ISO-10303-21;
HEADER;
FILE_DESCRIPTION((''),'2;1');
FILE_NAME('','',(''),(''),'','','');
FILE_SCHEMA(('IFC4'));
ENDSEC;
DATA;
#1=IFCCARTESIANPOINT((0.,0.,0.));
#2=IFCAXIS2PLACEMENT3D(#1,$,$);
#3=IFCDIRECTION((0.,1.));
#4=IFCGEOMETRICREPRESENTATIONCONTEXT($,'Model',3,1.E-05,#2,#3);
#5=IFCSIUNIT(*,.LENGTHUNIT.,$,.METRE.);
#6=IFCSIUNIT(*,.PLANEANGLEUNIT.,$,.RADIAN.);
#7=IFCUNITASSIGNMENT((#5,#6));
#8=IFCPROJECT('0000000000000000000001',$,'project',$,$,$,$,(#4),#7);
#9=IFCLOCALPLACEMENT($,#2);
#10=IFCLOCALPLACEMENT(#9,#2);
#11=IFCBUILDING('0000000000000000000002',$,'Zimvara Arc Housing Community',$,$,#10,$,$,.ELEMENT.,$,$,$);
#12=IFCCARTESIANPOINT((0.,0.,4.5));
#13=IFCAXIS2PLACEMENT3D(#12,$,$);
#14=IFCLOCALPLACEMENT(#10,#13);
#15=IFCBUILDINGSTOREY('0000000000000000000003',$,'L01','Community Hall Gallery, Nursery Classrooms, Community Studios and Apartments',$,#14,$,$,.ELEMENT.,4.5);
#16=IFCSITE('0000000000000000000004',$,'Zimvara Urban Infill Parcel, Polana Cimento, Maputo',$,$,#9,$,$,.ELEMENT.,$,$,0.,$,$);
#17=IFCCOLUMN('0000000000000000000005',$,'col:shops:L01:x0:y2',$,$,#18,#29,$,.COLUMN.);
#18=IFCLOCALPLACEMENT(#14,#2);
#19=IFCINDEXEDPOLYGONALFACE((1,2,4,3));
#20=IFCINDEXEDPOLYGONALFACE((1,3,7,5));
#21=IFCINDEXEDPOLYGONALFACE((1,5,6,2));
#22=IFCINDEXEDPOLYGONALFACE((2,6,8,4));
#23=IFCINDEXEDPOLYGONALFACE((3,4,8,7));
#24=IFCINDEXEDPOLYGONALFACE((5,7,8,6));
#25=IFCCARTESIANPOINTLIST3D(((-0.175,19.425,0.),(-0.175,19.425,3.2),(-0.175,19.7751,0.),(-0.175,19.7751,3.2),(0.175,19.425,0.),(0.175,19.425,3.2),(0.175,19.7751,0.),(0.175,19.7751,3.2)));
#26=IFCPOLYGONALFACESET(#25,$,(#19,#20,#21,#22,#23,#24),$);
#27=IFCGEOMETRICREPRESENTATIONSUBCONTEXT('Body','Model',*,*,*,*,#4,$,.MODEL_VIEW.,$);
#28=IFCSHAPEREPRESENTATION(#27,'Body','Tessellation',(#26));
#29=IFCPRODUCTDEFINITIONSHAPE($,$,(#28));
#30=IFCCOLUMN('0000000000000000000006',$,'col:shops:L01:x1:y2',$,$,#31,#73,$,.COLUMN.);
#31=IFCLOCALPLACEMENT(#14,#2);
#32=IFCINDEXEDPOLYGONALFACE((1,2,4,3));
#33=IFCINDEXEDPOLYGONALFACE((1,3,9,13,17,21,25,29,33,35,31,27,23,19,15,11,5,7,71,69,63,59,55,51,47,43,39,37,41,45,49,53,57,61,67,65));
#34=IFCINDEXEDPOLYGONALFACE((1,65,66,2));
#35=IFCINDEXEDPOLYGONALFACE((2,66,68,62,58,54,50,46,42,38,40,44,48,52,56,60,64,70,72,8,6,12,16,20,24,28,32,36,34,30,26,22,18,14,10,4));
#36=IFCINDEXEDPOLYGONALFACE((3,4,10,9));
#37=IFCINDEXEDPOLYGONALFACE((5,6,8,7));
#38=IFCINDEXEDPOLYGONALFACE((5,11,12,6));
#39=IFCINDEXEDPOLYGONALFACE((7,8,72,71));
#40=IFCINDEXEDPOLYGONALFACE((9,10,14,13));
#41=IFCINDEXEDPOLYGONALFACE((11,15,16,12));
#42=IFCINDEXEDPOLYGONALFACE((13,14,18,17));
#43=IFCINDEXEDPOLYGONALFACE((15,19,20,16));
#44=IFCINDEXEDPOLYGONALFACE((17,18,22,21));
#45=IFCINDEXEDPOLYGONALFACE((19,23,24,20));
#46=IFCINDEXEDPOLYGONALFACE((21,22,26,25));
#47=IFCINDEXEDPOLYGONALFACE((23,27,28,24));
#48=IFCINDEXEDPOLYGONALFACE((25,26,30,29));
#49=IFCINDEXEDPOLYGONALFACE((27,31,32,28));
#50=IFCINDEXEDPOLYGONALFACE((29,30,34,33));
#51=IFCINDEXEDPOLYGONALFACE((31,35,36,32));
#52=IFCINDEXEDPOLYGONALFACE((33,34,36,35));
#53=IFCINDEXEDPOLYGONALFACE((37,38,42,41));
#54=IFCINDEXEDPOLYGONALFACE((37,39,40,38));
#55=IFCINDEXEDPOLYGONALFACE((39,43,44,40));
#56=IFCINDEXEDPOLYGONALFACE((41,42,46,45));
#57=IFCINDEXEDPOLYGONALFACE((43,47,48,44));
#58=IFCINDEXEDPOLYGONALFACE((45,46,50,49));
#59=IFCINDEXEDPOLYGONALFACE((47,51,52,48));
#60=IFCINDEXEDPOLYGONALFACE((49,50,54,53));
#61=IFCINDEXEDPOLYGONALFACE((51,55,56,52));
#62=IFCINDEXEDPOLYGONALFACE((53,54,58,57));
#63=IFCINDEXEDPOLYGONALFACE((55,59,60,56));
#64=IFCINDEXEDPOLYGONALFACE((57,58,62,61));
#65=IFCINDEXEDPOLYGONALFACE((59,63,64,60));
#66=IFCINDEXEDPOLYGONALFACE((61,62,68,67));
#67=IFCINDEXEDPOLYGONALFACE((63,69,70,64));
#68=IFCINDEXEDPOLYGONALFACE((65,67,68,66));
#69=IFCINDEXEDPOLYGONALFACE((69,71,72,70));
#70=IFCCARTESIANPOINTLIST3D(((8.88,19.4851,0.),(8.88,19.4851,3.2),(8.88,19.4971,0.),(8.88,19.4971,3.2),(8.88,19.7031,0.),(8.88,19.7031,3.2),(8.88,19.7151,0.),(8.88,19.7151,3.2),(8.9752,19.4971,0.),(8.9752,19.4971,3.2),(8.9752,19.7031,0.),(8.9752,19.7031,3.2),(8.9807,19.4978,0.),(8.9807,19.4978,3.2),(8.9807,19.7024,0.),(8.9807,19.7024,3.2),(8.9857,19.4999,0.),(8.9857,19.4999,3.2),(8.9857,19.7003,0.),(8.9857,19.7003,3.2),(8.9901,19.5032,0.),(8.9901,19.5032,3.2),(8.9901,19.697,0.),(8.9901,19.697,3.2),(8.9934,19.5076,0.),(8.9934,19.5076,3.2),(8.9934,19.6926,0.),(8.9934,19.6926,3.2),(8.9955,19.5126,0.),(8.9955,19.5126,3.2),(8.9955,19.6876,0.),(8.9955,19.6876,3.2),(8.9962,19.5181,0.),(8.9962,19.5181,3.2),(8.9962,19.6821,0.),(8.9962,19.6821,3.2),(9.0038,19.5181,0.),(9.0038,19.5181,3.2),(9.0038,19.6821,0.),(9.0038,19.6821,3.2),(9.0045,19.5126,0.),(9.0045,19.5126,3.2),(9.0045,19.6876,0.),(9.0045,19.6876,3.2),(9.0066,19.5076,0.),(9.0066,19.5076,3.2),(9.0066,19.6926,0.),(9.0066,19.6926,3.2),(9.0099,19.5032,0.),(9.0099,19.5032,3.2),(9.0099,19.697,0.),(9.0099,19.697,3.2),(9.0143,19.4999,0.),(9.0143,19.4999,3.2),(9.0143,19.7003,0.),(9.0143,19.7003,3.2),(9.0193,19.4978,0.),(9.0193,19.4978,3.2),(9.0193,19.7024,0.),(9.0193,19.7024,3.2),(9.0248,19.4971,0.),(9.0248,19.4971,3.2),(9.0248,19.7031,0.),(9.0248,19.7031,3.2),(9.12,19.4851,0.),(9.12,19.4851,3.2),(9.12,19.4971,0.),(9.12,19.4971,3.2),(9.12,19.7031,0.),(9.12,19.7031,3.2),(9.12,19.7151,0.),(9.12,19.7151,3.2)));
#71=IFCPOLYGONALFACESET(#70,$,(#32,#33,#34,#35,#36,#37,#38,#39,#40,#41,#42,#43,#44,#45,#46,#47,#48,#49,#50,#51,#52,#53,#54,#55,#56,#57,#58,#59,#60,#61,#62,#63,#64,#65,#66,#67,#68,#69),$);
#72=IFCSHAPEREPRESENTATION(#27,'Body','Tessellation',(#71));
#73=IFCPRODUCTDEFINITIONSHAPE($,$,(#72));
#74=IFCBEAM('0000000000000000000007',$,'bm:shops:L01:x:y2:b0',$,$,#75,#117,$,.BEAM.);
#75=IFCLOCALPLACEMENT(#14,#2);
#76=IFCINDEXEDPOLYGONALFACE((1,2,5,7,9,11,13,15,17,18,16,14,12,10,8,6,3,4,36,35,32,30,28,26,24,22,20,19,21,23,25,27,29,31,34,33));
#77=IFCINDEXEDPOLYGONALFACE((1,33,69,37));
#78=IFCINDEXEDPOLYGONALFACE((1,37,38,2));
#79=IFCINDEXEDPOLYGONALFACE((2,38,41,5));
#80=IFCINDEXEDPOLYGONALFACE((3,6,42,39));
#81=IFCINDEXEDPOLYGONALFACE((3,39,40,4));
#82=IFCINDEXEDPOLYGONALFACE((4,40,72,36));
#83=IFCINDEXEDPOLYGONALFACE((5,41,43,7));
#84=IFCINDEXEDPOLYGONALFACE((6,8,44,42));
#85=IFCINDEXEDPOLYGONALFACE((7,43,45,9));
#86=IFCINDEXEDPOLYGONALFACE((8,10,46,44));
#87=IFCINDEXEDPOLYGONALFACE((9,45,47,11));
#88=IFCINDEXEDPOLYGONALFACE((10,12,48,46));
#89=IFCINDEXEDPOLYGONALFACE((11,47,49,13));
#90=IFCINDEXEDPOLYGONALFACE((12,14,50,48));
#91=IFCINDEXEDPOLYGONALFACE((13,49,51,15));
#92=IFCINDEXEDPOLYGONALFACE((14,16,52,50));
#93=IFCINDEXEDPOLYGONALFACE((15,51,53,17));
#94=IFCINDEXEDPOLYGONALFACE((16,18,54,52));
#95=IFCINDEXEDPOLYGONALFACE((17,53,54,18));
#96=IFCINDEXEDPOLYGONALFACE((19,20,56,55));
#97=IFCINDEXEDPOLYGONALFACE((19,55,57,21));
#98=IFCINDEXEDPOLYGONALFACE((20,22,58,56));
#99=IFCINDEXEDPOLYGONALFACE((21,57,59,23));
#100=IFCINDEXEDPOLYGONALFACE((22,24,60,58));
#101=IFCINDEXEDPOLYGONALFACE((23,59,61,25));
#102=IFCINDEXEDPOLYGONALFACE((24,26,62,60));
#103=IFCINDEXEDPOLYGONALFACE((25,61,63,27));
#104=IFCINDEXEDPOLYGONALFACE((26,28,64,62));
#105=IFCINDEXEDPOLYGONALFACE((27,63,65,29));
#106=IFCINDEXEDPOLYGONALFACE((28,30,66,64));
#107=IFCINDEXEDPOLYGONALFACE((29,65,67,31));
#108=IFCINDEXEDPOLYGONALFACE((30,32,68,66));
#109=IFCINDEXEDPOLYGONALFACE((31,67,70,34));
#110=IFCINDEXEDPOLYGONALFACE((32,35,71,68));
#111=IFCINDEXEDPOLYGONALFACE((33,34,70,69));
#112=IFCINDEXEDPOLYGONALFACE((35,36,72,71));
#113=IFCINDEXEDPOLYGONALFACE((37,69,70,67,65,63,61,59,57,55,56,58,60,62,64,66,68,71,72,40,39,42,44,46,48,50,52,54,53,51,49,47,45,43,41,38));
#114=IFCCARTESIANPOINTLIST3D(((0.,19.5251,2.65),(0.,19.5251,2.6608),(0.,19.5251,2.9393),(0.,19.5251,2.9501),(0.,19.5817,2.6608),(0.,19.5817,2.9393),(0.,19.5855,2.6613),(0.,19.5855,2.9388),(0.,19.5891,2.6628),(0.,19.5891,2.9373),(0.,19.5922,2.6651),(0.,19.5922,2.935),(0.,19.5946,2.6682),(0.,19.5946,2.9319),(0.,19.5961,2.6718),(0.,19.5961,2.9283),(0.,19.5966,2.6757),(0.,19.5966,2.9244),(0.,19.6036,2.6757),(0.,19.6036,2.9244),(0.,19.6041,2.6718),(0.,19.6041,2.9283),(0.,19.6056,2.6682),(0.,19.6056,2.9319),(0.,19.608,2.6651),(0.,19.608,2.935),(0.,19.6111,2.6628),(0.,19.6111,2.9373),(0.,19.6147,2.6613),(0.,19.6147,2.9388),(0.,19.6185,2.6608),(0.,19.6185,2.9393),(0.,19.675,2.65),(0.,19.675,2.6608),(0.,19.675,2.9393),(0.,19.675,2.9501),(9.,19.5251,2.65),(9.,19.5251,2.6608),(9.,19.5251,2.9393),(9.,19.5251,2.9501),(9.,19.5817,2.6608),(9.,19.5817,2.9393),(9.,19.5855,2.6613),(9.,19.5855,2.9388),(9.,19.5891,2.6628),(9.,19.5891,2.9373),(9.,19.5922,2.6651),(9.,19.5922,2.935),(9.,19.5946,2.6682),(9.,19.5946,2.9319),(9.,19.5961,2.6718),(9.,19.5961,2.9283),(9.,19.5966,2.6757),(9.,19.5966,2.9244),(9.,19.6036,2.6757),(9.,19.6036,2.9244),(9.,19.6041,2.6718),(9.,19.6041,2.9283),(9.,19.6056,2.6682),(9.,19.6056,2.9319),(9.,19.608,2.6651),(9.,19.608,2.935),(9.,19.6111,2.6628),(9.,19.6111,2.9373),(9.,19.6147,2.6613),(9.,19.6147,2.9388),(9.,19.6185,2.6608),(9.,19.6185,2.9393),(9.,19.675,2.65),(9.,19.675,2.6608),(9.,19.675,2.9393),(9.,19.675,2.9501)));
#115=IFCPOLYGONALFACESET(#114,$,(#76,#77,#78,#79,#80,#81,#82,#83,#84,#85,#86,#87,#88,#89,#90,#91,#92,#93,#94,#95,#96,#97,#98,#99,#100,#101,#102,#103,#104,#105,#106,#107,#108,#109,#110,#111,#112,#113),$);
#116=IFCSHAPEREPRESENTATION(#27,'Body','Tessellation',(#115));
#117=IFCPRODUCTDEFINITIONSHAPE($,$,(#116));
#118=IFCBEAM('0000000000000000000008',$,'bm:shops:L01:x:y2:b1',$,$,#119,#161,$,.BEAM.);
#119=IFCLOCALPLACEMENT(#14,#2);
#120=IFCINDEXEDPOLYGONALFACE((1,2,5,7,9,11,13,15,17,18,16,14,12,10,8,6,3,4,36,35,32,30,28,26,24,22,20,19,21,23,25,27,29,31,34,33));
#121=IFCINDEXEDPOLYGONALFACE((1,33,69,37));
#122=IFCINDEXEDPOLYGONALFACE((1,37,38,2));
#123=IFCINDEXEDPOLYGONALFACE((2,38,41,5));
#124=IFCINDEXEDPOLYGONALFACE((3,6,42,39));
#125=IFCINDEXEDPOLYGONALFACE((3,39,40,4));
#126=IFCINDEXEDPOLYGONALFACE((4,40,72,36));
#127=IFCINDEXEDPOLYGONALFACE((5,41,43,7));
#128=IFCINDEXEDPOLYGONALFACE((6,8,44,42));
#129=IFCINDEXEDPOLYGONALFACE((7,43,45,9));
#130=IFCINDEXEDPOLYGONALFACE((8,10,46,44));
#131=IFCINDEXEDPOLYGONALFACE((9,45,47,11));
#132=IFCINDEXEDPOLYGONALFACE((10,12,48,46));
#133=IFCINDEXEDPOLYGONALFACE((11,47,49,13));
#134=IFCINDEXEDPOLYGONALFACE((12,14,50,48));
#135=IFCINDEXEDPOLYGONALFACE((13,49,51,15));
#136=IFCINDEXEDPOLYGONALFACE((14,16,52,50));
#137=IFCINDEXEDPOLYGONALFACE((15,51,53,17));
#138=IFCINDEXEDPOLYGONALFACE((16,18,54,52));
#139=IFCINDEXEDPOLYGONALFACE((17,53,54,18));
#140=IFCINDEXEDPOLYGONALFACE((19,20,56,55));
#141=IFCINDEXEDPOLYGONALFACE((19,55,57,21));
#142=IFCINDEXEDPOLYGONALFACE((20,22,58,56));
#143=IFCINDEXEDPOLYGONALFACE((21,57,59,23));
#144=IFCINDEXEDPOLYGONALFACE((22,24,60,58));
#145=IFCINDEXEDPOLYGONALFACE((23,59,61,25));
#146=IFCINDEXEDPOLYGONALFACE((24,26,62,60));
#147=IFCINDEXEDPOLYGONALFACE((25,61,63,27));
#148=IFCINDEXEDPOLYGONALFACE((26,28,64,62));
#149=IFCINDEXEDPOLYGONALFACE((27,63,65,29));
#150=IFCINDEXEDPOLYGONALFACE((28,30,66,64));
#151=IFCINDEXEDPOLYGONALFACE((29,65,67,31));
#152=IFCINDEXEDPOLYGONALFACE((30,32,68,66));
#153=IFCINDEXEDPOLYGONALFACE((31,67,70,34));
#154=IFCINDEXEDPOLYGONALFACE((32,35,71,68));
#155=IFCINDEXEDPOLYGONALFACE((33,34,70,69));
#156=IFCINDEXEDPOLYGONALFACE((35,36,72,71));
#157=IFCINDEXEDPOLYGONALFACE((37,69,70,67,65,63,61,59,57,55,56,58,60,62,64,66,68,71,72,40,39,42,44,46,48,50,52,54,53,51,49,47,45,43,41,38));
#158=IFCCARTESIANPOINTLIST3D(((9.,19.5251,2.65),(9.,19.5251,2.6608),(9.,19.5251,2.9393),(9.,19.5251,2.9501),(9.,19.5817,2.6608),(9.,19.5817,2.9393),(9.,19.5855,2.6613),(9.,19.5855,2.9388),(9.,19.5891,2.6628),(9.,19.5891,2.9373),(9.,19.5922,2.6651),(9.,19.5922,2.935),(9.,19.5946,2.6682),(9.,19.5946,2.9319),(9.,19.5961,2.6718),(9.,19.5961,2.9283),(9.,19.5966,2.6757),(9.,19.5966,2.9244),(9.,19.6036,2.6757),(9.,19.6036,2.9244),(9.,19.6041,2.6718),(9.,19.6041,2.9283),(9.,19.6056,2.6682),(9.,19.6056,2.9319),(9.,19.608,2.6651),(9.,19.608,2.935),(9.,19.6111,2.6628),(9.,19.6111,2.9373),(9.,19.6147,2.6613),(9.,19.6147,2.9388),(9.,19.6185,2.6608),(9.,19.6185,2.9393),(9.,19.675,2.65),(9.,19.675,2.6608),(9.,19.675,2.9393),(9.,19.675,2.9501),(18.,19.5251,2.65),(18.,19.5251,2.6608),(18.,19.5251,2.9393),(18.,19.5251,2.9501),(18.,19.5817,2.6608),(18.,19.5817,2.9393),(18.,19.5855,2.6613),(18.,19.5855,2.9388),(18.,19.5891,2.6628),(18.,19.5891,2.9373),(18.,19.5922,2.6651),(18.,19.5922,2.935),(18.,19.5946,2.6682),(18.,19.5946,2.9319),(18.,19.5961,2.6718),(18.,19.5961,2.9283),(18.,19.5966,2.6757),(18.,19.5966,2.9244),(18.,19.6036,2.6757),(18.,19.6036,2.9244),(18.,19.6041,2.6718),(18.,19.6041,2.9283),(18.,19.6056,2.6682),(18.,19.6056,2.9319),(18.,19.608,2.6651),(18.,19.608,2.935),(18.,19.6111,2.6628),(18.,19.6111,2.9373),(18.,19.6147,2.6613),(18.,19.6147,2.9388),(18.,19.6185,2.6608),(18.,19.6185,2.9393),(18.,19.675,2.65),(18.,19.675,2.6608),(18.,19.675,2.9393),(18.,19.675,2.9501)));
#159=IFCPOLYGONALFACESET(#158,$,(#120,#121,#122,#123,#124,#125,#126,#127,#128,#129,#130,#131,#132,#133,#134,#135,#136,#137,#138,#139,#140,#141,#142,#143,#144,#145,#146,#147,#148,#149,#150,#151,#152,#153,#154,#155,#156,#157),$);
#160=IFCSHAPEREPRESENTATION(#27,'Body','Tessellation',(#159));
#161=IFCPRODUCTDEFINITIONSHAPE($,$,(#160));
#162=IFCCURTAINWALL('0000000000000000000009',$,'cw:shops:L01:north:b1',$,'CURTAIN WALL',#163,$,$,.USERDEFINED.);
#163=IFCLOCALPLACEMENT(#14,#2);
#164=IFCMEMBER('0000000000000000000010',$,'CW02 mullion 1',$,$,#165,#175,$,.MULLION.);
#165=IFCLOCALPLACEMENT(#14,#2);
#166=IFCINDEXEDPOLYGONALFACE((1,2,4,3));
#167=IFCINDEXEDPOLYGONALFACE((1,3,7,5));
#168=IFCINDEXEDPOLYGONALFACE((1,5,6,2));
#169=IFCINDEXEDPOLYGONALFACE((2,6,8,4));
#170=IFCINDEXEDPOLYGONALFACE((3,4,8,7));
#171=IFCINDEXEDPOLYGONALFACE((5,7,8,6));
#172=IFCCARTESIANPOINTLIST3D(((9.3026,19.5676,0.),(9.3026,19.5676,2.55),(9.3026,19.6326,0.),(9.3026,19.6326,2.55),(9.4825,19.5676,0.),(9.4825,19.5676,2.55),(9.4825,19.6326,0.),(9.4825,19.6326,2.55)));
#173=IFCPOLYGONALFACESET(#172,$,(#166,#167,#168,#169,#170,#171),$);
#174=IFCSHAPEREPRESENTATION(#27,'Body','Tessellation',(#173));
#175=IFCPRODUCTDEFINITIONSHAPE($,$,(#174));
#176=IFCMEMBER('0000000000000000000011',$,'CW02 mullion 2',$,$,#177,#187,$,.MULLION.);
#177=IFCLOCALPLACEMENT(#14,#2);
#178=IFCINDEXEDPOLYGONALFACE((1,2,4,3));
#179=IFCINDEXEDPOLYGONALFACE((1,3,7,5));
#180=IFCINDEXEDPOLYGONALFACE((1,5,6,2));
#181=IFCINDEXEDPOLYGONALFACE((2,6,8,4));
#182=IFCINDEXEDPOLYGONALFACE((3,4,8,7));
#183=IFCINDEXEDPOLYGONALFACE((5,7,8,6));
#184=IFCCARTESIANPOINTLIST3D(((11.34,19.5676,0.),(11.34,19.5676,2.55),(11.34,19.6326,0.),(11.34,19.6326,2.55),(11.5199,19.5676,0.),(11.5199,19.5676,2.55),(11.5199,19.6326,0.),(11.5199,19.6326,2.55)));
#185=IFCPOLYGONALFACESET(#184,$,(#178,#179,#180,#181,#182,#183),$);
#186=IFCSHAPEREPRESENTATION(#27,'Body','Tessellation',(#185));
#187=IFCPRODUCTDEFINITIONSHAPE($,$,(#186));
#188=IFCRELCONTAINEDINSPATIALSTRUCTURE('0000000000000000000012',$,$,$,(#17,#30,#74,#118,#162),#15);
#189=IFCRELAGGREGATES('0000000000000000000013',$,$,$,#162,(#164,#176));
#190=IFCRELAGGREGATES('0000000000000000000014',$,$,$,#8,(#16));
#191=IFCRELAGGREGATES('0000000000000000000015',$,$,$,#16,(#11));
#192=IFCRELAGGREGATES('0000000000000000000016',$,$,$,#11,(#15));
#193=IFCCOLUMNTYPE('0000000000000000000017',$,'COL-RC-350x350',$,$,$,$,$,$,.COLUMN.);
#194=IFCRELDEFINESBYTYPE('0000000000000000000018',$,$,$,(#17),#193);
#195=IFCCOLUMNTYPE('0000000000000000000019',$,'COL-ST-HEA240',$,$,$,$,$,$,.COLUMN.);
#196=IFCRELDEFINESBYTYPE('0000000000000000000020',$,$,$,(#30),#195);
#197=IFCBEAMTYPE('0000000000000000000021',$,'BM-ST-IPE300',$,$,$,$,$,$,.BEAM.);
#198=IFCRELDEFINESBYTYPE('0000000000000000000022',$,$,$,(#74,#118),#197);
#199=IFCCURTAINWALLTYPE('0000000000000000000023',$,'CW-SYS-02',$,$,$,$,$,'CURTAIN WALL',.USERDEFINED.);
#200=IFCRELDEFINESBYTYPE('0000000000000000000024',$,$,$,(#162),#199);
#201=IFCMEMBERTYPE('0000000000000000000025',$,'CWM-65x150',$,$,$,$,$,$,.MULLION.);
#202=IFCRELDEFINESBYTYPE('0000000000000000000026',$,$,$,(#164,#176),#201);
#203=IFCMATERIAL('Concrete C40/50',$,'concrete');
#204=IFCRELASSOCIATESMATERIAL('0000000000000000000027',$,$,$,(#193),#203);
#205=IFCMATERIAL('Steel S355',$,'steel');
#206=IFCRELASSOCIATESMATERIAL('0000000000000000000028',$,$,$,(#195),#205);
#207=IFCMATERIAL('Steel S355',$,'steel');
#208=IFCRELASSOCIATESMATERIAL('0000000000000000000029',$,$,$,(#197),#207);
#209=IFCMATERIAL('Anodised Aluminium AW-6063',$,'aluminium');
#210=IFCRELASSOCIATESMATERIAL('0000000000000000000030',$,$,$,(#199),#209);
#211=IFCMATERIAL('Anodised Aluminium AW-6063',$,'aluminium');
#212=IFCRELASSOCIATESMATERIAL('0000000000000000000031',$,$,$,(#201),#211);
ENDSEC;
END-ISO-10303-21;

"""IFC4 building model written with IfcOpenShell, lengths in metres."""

from ifc_helpers import new_model, si_unit, direction, frame, origin, origin_2d, place, context, subcontext, project, spatial, rectangle, i_section, extrude, material, material_profile, profile_set, type_object, element, aggregate, save


model = new_model("IFC4")

# Units and contexts
model_context = context("Model", 3, precision=1e-05, world=origin(), true_north=direction((0.0, 1.0)))
body_context = subcontext(model_context, "Body", "Model", "MODEL_VIEW")
ifc_project = project(units=[si_unit("LENGTHUNIT", "METRE"), si_unit("PLANEANGLEUNIT", "RADIAN")], contexts=[model_context])

# Site, building, storey
site_placement = place(None, origin())
site = spatial("IfcSite", under=ifc_project, at=site_placement, Name="Zimvara Urban Infill Parcel, Polana Cimento, Maputo", CompositionType="ELEMENT", RefElevation=0.0)
building_placement = place(site_placement, origin())
building = spatial("IfcBuilding", under=site, at=building_placement, Name="Zimvara Arc Housing Community", CompositionType="ELEMENT")
storey_placement = place(building_placement, frame((0.0, 0.0, 4.5)))
storey = spatial("IfcBuildingStorey", under=building, at=storey_placement, Name="L01", Description="Community Hall Gallery, Nursery Classrooms, Community Studios and Apartments", CompositionType="ELEMENT", Elevation=4.5)

# Columns
ifc_material_1 = material(Name="Concrete C40/50", Category="concrete")
ifc_material_profile_1 = material_profile(ifc_material_1, rectangle(XDim=0.3501, YDim=0.3501, at=origin_2d()), Name="RC 350x350")
ifc_profile_set_1 = profile_set([ifc_material_profile_1], Name="Concrete C40/50")
column_type_1 = type_object("IfcColumnType", Name="COL-RC-350x350", PredefinedType="COLUMN", material=ifc_profile_set_1)
column_1_placement = place(storey_placement, frame((0.0, 19.6001, 0.0), z_axis=(0.0, 0.0, 1.0), x_axis=(1.0, 0.0, 0.0)))
element("IfcColumn", 1, at=column_1_placement, inside=storey, type_object=column_type_1, Name="col:shops:L01:x0:y2", PredefinedType="COLUMN", context=body_context, shape_type="SweptSolid", body=[
    extrude(rectangle(XDim=0.3501, YDim=0.3501, at=origin_2d()), origin(), (0.0, 0.0, 1.0), 3.2),
])
ifc_material_2 = material(Name="Steel S355", Category="steel")
ifc_material_profile_2 = material_profile(ifc_material_2, i_section(OverallWidth=0.24, OverallDepth=0.23, WebThickness=0.0076, FlangeThickness=0.012, FilletRadius=0.021, at=origin_2d()), Name="HEA 240")
ifc_profile_set_2 = profile_set([ifc_material_profile_2], Name="Steel S355")
column_type_2 = type_object("IfcColumnType", Name="COL-ST-HEA240", PredefinedType="COLUMN", material=ifc_profile_set_2)
column_2_placement = place(storey_placement, frame((9.0, 19.6001, 0.0), z_axis=(0.0, 0.0, 1.0), x_axis=(1.0, 0.0, 0.0)))
element("IfcColumn", 2, at=column_2_placement, inside=storey, type_object=column_type_2, Name="col:shops:L01:x1:y2", PredefinedType="COLUMN", context=body_context, shape_type="SweptSolid", body=[
    extrude(i_section(OverallWidth=0.24, OverallDepth=0.23, WebThickness=0.0076, FlangeThickness=0.012, FilletRadius=0.021, at=origin_2d()), origin(), (0.0, 0.0, 1.0), 3.2),
])

# Beams
ifc_material_3 = material(Name="Steel S355", Category="steel")
ifc_material_profile_3 = material_profile(ifc_material_3, i_section(OverallWidth=0.1499, OverallDepth=0.3, WebThickness=0.0071, FlangeThickness=0.0107, FilletRadius=0.0149, at=origin_2d()), Name="IPE 300")
ifc_profile_set_3 = profile_set([ifc_material_profile_3], Name="Steel S355")
beam_type = type_object("IfcBeamType", Name="BM-ST-IPE300", PredefinedType="BEAM", material=ifc_profile_set_3)
for number, where, z_axis, x_axis, name in (
    (3, (0.0, 19.6001, 2.8), (1.0, 0.0, 0.0), (0.0, 1.0, 0.0), "bm:shops:L01:x:y2:b0"),
    (4, (9.0, 19.6001, 2.8), (1.0, 0.0, 0.0), (0.0, 1.0, 0.0), "bm:shops:L01:x:y2:b1"),
):
    element("IfcBeam", number, at=place(storey_placement, frame(where, z_axis=z_axis, x_axis=x_axis)), inside=storey, type_object=beam_type, Name=name, PredefinedType="BEAM", context=body_context, shape_type="SweptSolid", body=[
        extrude(i_section(OverallWidth=0.1499, OverallDepth=0.3, WebThickness=0.0071, FlangeThickness=0.0107, FilletRadius=0.0149, at=origin_2d()), origin(), (0.0, 0.0, 1.0), 9.0),
    ])

# Curtain wall, members
ifc_material_4 = material(Name="Anodised Aluminium AW-6063", Category="aluminium")
curtain_wall_type = type_object("IfcCurtainWallType", Name="CW-SYS-02", ElementType="CURTAIN WALL", PredefinedType="USERDEFINED", material=ifc_material_4)
curtain_wall_placement = place(storey_placement, origin())
curtain_wall = element("IfcCurtainWall", 5, at=curtain_wall_placement, inside=storey, type_object=curtain_wall_type, Name="cw:shops:L01:north:b1", ObjectType="CURTAIN WALL", PredefinedType="USERDEFINED")
ifc_material_5 = material(Name="Anodised Aluminium AW-6063", Category="aluminium")
ifc_material_profile_4 = material_profile(ifc_material_5, rectangle(XDim=0.0649, YDim=0.1799, at=origin_2d()), Name="ALU 65x180")
ifc_profile_set_4 = profile_set([ifc_material_profile_4], Name="Anodised Aluminium AW-6063")
member_type_1 = type_object("IfcMemberType", Name="CWM-65x150", PredefinedType="MULLION", material=ifc_profile_set_4)
member_1_placement = place(storey_placement, frame((9.3926, 19.6001, 0.0), z_axis=(0.0, 0.0, 1.0), x_axis=(0.0, 1.0, 0.0)))
member_1 = element("IfcMember", 6, at=member_1_placement, type_object=member_type_1, Name="CW02 mullion 1", PredefinedType="MULLION", context=body_context, shape_type="SweptSolid", body=[
    extrude(rectangle(XDim=0.0649, YDim=0.1799, at=origin_2d()), origin(), (0.0, 0.0, 1.0), 2.55),
])
member_2_placement = place(storey_placement, frame((11.4299, 19.6001, 0.0), z_axis=(0.0, 0.0, 1.0), x_axis=(0.0, 1.0, 0.0)))
member_2 = element("IfcMember", 7, at=member_2_placement, type_object=member_type_1, Name="CW02 mullion 2", PredefinedType="MULLION", context=body_context, shape_type="SweptSolid", body=[
    extrude(rectangle(XDim=0.0649, YDim=0.1799, at=origin_2d()), origin(), (0.0, 0.0, 1.0), 2.55),
])
aggregate(curtain_wall, [member_1, member_2])

save(model, "model.ifc")
